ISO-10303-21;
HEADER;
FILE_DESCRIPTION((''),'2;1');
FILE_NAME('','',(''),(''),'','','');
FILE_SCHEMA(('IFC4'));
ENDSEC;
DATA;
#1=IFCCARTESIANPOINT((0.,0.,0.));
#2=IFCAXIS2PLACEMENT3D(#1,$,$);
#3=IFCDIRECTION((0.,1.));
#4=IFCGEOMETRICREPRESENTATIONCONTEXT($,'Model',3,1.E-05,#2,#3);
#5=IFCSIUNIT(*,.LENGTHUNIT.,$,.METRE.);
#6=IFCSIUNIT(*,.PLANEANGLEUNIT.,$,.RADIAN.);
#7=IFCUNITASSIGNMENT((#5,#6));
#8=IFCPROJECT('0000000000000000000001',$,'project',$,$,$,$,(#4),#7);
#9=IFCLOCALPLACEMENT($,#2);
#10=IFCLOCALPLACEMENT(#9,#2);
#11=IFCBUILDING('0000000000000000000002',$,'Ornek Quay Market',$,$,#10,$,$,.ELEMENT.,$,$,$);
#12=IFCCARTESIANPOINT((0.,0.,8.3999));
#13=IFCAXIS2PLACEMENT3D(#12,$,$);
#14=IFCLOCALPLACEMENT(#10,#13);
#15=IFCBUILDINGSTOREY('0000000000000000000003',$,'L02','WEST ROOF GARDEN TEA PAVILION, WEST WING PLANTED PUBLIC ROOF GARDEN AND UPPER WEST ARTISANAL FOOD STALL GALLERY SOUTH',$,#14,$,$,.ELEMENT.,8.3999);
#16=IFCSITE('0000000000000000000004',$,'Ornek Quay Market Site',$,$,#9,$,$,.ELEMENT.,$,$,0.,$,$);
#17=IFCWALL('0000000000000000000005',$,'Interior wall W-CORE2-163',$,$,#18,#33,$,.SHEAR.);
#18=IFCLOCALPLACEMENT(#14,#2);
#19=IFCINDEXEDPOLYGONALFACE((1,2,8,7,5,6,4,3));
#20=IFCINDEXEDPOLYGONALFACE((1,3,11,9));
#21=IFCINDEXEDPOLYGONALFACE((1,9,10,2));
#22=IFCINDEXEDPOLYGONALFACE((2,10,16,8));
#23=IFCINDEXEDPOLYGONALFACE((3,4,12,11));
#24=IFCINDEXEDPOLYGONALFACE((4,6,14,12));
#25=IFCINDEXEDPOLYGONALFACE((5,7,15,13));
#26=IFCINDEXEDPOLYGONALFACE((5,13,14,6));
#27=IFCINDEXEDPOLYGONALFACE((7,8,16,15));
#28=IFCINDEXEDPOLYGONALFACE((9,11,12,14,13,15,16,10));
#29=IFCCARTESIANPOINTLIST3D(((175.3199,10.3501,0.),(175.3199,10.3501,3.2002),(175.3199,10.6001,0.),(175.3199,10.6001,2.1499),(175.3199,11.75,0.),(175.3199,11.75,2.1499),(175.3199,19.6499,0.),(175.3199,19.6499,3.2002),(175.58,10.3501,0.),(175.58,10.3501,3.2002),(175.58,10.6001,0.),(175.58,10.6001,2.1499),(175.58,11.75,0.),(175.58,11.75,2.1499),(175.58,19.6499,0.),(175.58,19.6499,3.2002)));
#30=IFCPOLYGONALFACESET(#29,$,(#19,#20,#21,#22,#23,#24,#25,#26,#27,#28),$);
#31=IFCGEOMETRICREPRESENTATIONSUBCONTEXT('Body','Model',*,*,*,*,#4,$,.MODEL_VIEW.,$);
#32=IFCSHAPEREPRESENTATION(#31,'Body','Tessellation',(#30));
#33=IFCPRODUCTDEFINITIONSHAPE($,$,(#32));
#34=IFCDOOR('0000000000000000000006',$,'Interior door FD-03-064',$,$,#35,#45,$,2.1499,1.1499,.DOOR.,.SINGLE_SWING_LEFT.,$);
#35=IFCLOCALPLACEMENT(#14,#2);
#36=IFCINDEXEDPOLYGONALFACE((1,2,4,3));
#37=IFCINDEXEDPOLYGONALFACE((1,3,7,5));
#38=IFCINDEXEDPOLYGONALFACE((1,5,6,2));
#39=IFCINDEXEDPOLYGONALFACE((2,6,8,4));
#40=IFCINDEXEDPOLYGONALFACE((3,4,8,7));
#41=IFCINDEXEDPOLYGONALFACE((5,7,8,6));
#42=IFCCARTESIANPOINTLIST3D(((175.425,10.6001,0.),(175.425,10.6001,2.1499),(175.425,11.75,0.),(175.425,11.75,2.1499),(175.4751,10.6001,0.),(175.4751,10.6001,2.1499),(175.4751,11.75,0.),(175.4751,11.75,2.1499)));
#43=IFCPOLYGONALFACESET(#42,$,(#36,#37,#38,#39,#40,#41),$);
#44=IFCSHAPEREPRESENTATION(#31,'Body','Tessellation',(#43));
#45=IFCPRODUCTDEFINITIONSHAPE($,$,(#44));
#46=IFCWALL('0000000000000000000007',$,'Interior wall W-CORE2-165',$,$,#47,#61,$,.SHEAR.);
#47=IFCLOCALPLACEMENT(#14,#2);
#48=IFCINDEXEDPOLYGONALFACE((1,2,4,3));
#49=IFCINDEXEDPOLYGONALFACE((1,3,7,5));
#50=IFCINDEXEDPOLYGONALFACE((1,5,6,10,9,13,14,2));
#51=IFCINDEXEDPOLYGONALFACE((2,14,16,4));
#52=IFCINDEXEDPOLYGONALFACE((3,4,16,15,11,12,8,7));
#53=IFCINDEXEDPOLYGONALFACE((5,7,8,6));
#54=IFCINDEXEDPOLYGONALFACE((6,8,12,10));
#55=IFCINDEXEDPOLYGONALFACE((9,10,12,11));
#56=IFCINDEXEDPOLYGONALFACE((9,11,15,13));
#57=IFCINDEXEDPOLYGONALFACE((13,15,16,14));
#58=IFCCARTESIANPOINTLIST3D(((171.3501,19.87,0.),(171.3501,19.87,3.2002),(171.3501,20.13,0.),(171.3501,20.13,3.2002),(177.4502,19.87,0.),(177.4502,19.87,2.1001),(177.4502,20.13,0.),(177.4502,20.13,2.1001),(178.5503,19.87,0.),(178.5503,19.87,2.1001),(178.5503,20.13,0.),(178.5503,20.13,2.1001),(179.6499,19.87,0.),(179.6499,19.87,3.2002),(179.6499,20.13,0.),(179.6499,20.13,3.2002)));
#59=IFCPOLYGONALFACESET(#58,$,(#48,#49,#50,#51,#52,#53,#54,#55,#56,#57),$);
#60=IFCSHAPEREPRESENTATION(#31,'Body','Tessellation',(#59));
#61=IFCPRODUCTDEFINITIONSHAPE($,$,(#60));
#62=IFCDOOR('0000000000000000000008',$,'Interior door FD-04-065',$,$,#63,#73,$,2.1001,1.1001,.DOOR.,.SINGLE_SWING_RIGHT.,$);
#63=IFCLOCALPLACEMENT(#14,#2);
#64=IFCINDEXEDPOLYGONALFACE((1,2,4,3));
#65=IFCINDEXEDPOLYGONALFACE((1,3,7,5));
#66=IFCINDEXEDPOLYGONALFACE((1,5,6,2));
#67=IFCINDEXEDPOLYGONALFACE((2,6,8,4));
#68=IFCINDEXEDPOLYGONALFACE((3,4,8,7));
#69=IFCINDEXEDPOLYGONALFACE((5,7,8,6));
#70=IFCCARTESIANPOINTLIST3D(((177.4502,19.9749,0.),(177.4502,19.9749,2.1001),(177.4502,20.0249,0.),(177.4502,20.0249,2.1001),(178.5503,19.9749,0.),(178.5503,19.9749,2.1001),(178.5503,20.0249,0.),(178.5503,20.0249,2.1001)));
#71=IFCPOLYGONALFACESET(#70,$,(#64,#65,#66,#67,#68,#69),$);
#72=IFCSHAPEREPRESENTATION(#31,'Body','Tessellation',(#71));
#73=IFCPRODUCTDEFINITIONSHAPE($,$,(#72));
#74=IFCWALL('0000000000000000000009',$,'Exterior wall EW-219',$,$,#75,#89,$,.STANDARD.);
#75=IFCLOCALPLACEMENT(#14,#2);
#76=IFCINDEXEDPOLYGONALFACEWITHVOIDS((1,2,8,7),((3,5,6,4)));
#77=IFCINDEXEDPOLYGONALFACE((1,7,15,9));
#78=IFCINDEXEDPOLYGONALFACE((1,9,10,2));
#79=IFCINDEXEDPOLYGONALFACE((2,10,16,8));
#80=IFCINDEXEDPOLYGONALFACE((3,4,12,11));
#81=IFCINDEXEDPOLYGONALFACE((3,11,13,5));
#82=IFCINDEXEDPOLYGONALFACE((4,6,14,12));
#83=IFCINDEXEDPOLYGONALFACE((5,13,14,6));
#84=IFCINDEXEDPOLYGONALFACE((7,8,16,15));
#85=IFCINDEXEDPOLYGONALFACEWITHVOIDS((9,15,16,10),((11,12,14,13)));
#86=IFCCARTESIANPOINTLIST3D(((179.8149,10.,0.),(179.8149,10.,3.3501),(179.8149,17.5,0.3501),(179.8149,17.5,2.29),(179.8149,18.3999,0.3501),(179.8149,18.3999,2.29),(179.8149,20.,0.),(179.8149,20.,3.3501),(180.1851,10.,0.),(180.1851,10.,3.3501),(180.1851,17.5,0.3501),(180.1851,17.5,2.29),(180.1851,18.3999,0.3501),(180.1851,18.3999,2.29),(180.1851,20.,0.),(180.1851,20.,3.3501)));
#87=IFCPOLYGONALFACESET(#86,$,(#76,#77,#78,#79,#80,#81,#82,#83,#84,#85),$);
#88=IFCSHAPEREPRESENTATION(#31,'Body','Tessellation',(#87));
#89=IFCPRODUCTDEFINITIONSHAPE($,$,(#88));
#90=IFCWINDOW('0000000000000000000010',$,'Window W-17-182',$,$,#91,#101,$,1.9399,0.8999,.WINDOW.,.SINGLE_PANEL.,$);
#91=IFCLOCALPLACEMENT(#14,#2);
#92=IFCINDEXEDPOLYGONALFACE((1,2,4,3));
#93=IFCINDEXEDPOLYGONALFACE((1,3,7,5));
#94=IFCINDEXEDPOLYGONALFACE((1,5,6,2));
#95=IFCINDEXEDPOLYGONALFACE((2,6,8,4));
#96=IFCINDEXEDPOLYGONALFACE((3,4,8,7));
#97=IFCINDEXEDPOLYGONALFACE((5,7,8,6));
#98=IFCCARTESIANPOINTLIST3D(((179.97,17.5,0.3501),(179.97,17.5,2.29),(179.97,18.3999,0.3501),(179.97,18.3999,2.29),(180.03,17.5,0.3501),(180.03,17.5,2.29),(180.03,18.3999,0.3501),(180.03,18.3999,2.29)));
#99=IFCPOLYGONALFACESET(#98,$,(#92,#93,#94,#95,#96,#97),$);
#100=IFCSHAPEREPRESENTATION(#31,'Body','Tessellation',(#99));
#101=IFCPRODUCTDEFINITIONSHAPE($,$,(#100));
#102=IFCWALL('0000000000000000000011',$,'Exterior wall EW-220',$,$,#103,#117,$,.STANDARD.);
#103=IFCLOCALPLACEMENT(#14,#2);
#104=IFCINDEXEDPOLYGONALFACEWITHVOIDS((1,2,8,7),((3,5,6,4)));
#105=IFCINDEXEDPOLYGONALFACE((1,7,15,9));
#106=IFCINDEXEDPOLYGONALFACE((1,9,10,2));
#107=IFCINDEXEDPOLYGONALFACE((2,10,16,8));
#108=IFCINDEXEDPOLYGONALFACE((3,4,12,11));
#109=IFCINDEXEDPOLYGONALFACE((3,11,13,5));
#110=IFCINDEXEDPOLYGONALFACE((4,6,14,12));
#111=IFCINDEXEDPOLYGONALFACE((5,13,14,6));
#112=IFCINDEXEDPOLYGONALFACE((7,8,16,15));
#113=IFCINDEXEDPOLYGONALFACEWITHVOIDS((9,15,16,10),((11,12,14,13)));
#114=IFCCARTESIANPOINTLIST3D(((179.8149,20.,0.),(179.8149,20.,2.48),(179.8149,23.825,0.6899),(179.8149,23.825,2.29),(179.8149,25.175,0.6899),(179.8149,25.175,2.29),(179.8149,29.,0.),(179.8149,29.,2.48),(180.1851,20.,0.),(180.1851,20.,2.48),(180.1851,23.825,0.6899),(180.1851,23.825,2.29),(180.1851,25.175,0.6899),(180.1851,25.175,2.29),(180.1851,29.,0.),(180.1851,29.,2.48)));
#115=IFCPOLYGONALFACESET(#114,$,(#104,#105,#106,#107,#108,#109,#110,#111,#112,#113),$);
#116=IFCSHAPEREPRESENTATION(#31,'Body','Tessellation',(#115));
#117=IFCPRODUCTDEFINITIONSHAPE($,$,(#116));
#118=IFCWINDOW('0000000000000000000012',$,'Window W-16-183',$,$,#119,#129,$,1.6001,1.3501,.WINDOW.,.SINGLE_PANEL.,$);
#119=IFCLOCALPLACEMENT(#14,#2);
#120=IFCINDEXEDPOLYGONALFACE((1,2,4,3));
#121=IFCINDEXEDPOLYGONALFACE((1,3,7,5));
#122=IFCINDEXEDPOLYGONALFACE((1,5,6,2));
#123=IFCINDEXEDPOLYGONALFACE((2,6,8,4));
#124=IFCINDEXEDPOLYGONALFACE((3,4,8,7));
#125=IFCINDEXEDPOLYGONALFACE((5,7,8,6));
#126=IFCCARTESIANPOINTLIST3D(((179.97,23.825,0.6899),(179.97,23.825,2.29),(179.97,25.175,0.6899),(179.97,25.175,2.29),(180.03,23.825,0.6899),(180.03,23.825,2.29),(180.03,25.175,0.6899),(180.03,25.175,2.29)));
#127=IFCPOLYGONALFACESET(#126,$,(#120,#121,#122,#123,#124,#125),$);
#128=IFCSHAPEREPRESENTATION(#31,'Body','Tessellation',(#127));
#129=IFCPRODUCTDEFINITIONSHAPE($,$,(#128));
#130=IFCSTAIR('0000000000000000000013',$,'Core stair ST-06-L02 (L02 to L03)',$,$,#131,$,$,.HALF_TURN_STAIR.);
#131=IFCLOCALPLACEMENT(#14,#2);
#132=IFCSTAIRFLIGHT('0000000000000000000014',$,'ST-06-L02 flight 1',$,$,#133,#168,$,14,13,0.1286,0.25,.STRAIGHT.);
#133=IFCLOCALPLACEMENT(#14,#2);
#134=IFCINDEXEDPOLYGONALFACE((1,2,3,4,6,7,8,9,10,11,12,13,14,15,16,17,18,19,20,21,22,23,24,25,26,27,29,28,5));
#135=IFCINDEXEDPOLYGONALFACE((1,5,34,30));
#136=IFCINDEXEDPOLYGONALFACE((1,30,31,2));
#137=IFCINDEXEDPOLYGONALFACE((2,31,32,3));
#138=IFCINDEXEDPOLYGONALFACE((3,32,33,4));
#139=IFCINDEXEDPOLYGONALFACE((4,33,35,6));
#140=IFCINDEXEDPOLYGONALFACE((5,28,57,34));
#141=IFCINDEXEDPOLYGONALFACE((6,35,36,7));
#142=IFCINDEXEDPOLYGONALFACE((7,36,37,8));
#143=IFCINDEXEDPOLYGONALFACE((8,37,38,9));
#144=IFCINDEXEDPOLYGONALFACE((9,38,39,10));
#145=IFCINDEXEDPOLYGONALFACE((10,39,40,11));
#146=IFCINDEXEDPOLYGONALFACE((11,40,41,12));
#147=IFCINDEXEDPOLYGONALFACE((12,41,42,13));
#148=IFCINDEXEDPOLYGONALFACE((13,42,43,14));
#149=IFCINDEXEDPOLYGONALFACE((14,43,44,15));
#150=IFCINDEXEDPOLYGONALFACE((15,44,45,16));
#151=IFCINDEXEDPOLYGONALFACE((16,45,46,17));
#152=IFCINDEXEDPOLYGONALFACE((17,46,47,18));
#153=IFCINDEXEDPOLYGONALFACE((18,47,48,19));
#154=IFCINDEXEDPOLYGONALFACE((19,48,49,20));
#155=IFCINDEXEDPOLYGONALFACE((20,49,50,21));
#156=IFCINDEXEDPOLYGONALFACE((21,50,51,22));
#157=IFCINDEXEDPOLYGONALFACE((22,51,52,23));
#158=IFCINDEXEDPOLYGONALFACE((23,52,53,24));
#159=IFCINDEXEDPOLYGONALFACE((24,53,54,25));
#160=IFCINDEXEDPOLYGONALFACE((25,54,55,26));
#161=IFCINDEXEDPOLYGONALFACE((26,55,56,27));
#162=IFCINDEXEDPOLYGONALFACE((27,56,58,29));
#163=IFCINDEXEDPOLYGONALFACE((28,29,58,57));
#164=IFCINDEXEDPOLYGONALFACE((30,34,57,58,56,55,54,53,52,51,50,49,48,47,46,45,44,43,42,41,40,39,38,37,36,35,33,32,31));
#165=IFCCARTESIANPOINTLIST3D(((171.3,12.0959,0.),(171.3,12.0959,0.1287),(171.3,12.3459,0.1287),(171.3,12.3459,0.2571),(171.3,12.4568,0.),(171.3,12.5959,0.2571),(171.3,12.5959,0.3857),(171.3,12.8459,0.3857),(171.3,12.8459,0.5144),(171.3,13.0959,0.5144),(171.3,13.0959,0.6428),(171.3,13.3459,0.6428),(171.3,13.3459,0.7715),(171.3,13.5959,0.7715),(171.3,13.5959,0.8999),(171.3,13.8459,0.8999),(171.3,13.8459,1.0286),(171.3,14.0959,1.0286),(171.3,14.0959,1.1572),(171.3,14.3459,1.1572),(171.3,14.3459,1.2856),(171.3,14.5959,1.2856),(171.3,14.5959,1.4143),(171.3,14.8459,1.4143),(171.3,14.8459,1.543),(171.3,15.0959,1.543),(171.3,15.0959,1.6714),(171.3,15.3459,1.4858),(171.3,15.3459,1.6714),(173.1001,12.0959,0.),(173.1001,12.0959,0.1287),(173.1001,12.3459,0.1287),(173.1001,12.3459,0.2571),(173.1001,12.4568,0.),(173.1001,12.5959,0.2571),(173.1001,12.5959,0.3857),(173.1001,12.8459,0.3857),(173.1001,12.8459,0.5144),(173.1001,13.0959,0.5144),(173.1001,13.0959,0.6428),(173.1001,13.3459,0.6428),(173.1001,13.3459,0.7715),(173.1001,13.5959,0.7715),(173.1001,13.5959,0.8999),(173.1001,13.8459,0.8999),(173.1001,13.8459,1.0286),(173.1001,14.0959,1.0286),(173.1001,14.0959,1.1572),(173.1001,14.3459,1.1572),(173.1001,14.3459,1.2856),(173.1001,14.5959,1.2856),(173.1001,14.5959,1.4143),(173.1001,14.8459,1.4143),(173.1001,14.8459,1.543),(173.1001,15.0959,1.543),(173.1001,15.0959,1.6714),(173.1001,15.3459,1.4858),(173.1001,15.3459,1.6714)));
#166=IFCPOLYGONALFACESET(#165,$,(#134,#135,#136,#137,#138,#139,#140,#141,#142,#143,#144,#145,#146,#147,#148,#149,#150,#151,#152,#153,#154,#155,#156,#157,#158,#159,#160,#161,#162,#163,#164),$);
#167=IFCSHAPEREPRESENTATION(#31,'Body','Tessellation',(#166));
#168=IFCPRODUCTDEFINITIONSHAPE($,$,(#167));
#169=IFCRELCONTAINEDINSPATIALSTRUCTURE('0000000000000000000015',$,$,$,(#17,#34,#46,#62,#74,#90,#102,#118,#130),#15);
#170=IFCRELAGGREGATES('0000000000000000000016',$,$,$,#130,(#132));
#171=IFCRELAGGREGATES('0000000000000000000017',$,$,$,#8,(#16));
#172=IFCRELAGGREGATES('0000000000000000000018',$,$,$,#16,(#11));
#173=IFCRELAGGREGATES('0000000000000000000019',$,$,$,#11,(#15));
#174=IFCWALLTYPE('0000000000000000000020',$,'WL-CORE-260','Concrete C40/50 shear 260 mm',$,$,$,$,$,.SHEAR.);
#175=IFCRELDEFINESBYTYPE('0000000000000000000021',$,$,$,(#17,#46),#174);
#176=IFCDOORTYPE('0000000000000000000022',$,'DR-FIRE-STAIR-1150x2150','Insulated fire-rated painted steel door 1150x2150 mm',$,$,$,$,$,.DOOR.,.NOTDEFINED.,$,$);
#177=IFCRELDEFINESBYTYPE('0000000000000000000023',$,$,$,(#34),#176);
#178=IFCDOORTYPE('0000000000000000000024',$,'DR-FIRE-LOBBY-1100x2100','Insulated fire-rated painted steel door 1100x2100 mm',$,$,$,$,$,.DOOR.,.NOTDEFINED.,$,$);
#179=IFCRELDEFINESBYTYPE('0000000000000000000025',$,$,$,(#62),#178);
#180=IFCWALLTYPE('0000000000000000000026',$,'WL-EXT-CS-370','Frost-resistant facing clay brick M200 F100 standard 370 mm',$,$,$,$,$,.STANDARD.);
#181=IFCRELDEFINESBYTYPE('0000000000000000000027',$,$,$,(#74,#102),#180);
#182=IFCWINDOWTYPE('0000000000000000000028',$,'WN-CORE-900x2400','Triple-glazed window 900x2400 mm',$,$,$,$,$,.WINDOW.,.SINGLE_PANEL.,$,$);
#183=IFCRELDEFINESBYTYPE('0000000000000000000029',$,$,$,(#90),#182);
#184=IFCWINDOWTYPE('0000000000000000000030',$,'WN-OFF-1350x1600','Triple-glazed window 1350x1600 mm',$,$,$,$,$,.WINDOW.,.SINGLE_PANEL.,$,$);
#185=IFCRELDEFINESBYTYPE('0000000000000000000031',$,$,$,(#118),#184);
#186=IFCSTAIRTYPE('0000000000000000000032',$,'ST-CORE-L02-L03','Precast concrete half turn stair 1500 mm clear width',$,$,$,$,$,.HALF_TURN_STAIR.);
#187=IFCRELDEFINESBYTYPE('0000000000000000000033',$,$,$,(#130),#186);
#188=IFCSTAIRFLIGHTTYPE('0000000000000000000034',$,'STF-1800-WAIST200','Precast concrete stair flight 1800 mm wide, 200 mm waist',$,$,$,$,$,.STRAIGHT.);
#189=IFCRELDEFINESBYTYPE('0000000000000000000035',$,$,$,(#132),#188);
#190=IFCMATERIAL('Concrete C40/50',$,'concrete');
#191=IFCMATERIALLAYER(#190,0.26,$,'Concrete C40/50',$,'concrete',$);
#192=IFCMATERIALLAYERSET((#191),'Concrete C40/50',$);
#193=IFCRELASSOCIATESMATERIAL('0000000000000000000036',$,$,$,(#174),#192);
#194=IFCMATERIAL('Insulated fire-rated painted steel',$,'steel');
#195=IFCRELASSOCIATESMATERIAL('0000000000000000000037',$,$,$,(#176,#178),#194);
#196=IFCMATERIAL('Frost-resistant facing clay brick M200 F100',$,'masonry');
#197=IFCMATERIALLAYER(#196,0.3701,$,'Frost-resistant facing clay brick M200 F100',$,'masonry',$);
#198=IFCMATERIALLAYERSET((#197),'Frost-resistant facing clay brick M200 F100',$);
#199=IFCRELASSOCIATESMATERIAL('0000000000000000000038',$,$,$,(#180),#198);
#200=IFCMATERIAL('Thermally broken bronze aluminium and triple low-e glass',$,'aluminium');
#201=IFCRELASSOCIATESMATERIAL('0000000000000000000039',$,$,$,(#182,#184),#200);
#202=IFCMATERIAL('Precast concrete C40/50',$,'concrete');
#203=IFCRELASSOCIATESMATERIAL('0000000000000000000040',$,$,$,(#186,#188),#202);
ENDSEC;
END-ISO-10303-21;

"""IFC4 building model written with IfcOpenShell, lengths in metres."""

from ifc_helpers import new_model, si_unit, direction, frame, frame_2d, origin, place, context, subcontext, project, spatial, polyline, rectangle, outline, extrude, material, layer, layer_set, type_object, element, fill, aggregate, save


model = new_model("IFC4")

# Units and contexts
model_context = context("Model", 3, precision=1e-05, world=origin(), true_north=direction((0.0, 1.0)))
body_context = subcontext(model_context, "Body", "Model", "MODEL_VIEW")
ifc_project = project(units=[si_unit("LENGTHUNIT", "METRE"), si_unit("PLANEANGLEUNIT", "RADIAN")], contexts=[model_context])

# Site, building, storey
site_placement = place(None, origin())
site = spatial("IfcSite", under=ifc_project, at=site_placement, Name="Ornek Quay Market Site", CompositionType="ELEMENT", RefElevation=0.0)
building_placement = place(site_placement, origin())
building = spatial("IfcBuilding", under=site, at=building_placement, Name="Ornek Quay Market", CompositionType="ELEMENT")
storey_placement = place(building_placement, frame((0.0, 0.0, 8.3999)))
storey = spatial("IfcBuildingStorey", under=building, at=storey_placement, Name="L02", Description="WEST ROOF GARDEN TEA PAVILION, WEST WING PLANTED PUBLIC ROOF GARDEN AND UPPER WEST ARTISANAL FOOD STALL GALLERY SOUTH", CompositionType="ELEMENT", Elevation=8.3999)

# Shared definitions
ifc_material_1 = material(Name="Concrete C40/50", Category="concrete")

# Walls, openings, doors
ifc_layer_1 = layer(ifc_material_1, 0.26, Name="Concrete C40/50", Category="concrete")
ifc_layer_set_1 = layer_set([ifc_layer_1], Name="Concrete C40/50")
wall_type_1 = type_object("IfcWallType", Name="WL-CORE-260", Description="Concrete C40/50 shear 260 mm", PredefinedType="SHEAR", material=ifc_layer_set_1)
wall_1_placement = place(storey_placement, frame((175.45, 10.3501, 0.0), z_axis=(0.0, 0.0, 1.0), x_axis=(0.0, 1.0, 0.0)))
wall_1 = element("IfcWall", 1, at=wall_1_placement, inside=storey, type_object=wall_type_1, Name="Interior wall W-CORE2-163", PredefinedType="SHEAR", context=body_context, shape_type="SweptSolid", body=[
    extrude(rectangle(XDim=9.2998, YDim=0.26, at=frame_2d((4.6499, 0.0))), origin(), (0.0, 0.0, 1.0), 3.2002),
])
opening_1_placement = place(wall_1_placement, frame((0.25, 0.0, 0.0)))
opening_1 = element("IfcOpeningElement", 2, at=opening_1_placement, cuts=wall_1, PredefinedType="OPENING", context=body_context, shape_type="SweptSolid", body=[
    extrude(rectangle(XDim=1.1499, YDim=2.1499, at=frame_2d((0.575, 1.075))), frame((0.0, 0.1399, 0.0), z_axis=(0.0, -1.0, 0.0), x_axis=(1.0, 0.0, 0.0)), (0.0, 0.0, 1.0), 0.28),
])
ifc_material_2 = material(Name="Insulated fire-rated painted steel", Category="steel")
door_type_1 = type_object("IfcDoorType", Name="DR-FIRE-STAIR-1150x2150", Description="Insulated fire-rated painted steel door 1150x2150 mm", OperationType="NOTDEFINED", PredefinedType="DOOR", material=ifc_material_2)
door_1_placement = place(opening_1_placement, origin())
door_1 = element("IfcDoor", 3, at=door_1_placement, inside=storey, type_object=door_type_1, Name="Interior door FD-03-064", OperationType="SINGLE_SWING_LEFT", OverallHeight=2.1499, OverallWidth=1.1499, PredefinedType="DOOR", context=body_context, shape_type="SweptSolid", body=[
    extrude(rectangle(XDim=1.1499, YDim=2.1499, at=frame_2d((0.575, 1.075))), frame((0.0, 0.0249, 0.0), z_axis=(0.0, -1.0, 0.0), x_axis=(1.0, 0.0, 0.0)), (0.0, 0.0, 1.0), 0.05),
])
fill(opening_1, door_1)
wall_2_placement = place(storey_placement, frame((171.3501, 20.0, 0.0), z_axis=(0.0, 0.0, 1.0), x_axis=(1.0, 0.0, 0.0)))
wall_2 = element("IfcWall", 4, at=wall_2_placement, inside=storey, type_object=wall_type_1, Name="Interior wall W-CORE2-165", PredefinedType="SHEAR", context=body_context, shape_type="SweptSolid", body=[
    extrude(rectangle(XDim=8.2998, YDim=0.26, at=frame_2d((4.1499, 0.0))), origin(), (0.0, 0.0, 1.0), 3.2002),
])
opening_2_placement = place(wall_2_placement, frame((6.1001, 0.0, 0.0)))
opening_2 = element("IfcOpeningElement", 5, at=opening_2_placement, cuts=wall_2, PredefinedType="OPENING", context=body_context, shape_type="SweptSolid", body=[
    extrude(rectangle(XDim=1.1001, YDim=2.1001, at=frame_2d((0.55, 1.05))), frame((0.0, 0.1399, 0.0), z_axis=(0.0, -1.0, 0.0), x_axis=(1.0, 0.0, 0.0)), (0.0, 0.0, 1.0), 0.28),
])
door_type_2 = type_object("IfcDoorType", Name="DR-FIRE-LOBBY-1100x2100", Description="Insulated fire-rated painted steel door 1100x2100 mm", OperationType="NOTDEFINED", PredefinedType="DOOR", material=ifc_material_2)
door_2_placement = place(opening_2_placement, origin())
door_2 = element("IfcDoor", 6, at=door_2_placement, inside=storey, type_object=door_type_2, Name="Interior door FD-04-065", OperationType="SINGLE_SWING_RIGHT", OverallHeight=2.1001, OverallWidth=1.1001, PredefinedType="DOOR", context=body_context, shape_type="SweptSolid", body=[
    extrude(rectangle(XDim=1.1001, YDim=2.1001, at=frame_2d((0.55, 1.05))), frame((0.0, 0.0249, 0.0), z_axis=(0.0, -1.0, 0.0), x_axis=(1.0, 0.0, 0.0)), (0.0, 0.0, 1.0), 0.05),
])
fill(opening_2, door_2)

# Walls, openings, windows
ifc_material_3 = material(Name="Frost-resistant facing clay brick M200 F100", Category="masonry")
ifc_layer_2 = layer(ifc_material_3, 0.3701, Name="Frost-resistant facing clay brick M200 F100", Category="masonry")
ifc_layer_set_2 = layer_set([ifc_layer_2], Name="Frost-resistant facing clay brick M200 F100")
wall_type_2 = type_object("IfcWallType", Name="WL-EXT-CS-370", Description="Frost-resistant facing clay brick M200 F100 standard 370 mm", PredefinedType="STANDARD", material=ifc_layer_set_2)
wall_3_placement = place(storey_placement, frame((180.0, 20.0, 0.0), z_axis=(0.0, 0.0, 1.0), x_axis=(0.0, -1.0, 0.0)))
wall_3 = element("IfcWall", 7, at=wall_3_placement, inside=storey, type_object=wall_type_2, Name="Exterior wall EW-219", PredefinedType="STANDARD", context=body_context, shape_type="SweptSolid", body=[
    extrude(rectangle(XDim=10.0, YDim=0.3701, at=frame_2d((5.0, 0.0))), origin(), (0.0, 0.0, 1.0), 3.3501),
])
opening_3_placement = place(wall_3_placement, frame((1.6001, 0.0, 0.3501)))
opening_3 = element("IfcOpeningElement", 8, at=opening_3_placement, cuts=wall_3, PredefinedType="OPENING", context=body_context, shape_type="SweptSolid", body=[
    extrude(rectangle(XDim=0.8999, YDim=1.9399, at=frame_2d((0.45, 0.97))), frame((0.0, 0.1951, 0.0), z_axis=(0.0, -1.0, 0.0), x_axis=(1.0, 0.0, 0.0)), (0.0, 0.0, 1.0), 0.3901),
])
ifc_material_4 = material(Name="Thermally broken bronze aluminium and triple low-e glass", Category="aluminium")
window_type_1 = type_object("IfcWindowType", Name="WN-CORE-900x2400", Description="Triple-glazed window 900x2400 mm", PartitioningType="SINGLE_PANEL", PredefinedType="WINDOW", material=ifc_material_4)
window_1_placement = place(opening_3_placement, origin())
window_1 = element("IfcWindow", 9, at=window_1_placement, inside=storey, type_object=window_type_1, Name="Window W-17-182", OverallHeight=1.9399, OverallWidth=0.8999, PartitioningType="SINGLE_PANEL", PredefinedType="WINDOW", context=body_context, shape_type="SweptSolid", body=[
    extrude(rectangle(XDim=0.8999, YDim=1.9399, at=frame_2d((0.45, 0.97))), frame((0.0, 0.03, 0.0), z_axis=(0.0, -1.0, 0.0), x_axis=(1.0, 0.0, 0.0)), (0.0, 0.0, 1.0), 0.0601),
])
fill(opening_3, window_1)
wall_4_placement = place(storey_placement, frame((180.0, 20.0, 0.0), z_axis=(0.0, 0.0, 1.0), x_axis=(0.0, 1.0, 0.0)))
wall_4 = element("IfcWall", 10, at=wall_4_placement, inside=storey, type_object=wall_type_2, Name="Exterior wall EW-220", PredefinedType="STANDARD", context=body_context, shape_type="SweptSolid", body=[
    extrude(rectangle(XDim=9.0, YDim=0.3701, at=frame_2d((4.5, 0.0))), origin(), (0.0, 0.0, 1.0), 2.48),
])
opening_4_placement = place(wall_4_placement, frame((3.825, 0.0, 0.6899)))
opening_4 = element("IfcOpeningElement", 11, at=opening_4_placement, cuts=wall_4, PredefinedType="OPENING", context=body_context, shape_type="SweptSolid", body=[
    extrude(rectangle(XDim=1.3501, YDim=1.6001, at=frame_2d((0.675, 0.8))), frame((0.0, 0.1951, 0.0), z_axis=(0.0, -1.0, 0.0), x_axis=(1.0, 0.0, 0.0)), (0.0, 0.0, 1.0), 0.3901),
])
window_type_2 = type_object("IfcWindowType", Name="WN-OFF-1350x1600", Description="Triple-glazed window 1350x1600 mm", PartitioningType="SINGLE_PANEL", PredefinedType="WINDOW", material=ifc_material_4)
window_2_placement = place(opening_4_placement, origin())
window_2 = element("IfcWindow", 12, at=window_2_placement, inside=storey, type_object=window_type_2, Name="Window W-16-183", OverallHeight=1.6001, OverallWidth=1.3501, PartitioningType="SINGLE_PANEL", PredefinedType="WINDOW", context=body_context, shape_type="SweptSolid", body=[
    extrude(rectangle(XDim=1.3501, YDim=1.6001, at=frame_2d((0.675, 0.8))), frame((0.0, 0.03, 0.0), z_axis=(0.0, -1.0, 0.0), x_axis=(1.0, 0.0, 0.0)), (0.0, 0.0, 1.0), 0.0601),
])
fill(opening_4, window_2)

# Stair, stair flight
ifc_material_5 = material(Name="Precast concrete C40/50", Category="concrete")
stair_type = type_object("IfcStairType", Name="ST-CORE-L02-L03", Description="Precast concrete half turn stair 1500 mm clear width", PredefinedType="HALF_TURN_STAIR", material=ifc_material_5)
stair_placement = place(storey_placement, origin())
stair = element("IfcStair", 13, at=stair_placement, inside=storey, type_object=stair_type, Name="Core stair ST-06-L02 (L02 to L03)", PredefinedType="HALF_TURN_STAIR")
stair_flight_type = type_object("IfcStairFlightType", Name="STF-1800-WAIST200", Description="Precast concrete stair flight 1800 mm wide, 200 mm waist", PredefinedType="STRAIGHT", material=ifc_material_5)
stair_flight_1_placement = place(storey_placement, frame((172.2, 12.0959, 0.0), z_axis=(0.0, 0.0, 1.0), x_axis=(0.0, 1.0, 0.0)))
stair_flight_1 = element("IfcStairFlight", 14, at=stair_flight_1_placement, type_object=stair_flight_type, Name="ST-06-L02 flight 1", NumberOfRisers=14, NumberOfTreads=13, PredefinedType="STRAIGHT", RiserHeight=0.1286, TreadLength=0.25, context=body_context, shape_type="SweptSolid", body=[
    extrude(outline(polyline([(0.0, 0.0), (0.0, 0.1287), (0.25, 0.1287), (0.25, 0.2571), (0.5, 0.2571), (0.5, 0.3857), (0.75, 0.3857), (0.75, 0.5144), (1.0, 0.5144), (1.0, 0.6428), (1.25, 0.6428), (1.25, 0.7715), (1.5, 0.7715), (1.5, 0.8999), (1.75, 0.8999), (1.75, 1.0286), (2.0, 1.0286), (2.0, 1.1572), (2.25, 1.1572), (2.25, 1.2856), (2.5, 1.2856), (2.5, 1.4143), (2.75, 1.4143), (2.75, 1.543), (3.0, 1.543), (3.0, 1.6714), (3.25, 1.6714), (3.25, 1.8), (3.25, 1.4858), (0.3608, 0.0), (0.0, 0.0)])), frame((0.0, 0.8999, 0.0), z_axis=(0.0, -1.0, 0.0), x_axis=(1.0, 0.0, 0.0)), (0.0, 0.0, 1.0), 1.8),
])
aggregate(stair, [stair_flight_1])

save(model, "model.ifc")
